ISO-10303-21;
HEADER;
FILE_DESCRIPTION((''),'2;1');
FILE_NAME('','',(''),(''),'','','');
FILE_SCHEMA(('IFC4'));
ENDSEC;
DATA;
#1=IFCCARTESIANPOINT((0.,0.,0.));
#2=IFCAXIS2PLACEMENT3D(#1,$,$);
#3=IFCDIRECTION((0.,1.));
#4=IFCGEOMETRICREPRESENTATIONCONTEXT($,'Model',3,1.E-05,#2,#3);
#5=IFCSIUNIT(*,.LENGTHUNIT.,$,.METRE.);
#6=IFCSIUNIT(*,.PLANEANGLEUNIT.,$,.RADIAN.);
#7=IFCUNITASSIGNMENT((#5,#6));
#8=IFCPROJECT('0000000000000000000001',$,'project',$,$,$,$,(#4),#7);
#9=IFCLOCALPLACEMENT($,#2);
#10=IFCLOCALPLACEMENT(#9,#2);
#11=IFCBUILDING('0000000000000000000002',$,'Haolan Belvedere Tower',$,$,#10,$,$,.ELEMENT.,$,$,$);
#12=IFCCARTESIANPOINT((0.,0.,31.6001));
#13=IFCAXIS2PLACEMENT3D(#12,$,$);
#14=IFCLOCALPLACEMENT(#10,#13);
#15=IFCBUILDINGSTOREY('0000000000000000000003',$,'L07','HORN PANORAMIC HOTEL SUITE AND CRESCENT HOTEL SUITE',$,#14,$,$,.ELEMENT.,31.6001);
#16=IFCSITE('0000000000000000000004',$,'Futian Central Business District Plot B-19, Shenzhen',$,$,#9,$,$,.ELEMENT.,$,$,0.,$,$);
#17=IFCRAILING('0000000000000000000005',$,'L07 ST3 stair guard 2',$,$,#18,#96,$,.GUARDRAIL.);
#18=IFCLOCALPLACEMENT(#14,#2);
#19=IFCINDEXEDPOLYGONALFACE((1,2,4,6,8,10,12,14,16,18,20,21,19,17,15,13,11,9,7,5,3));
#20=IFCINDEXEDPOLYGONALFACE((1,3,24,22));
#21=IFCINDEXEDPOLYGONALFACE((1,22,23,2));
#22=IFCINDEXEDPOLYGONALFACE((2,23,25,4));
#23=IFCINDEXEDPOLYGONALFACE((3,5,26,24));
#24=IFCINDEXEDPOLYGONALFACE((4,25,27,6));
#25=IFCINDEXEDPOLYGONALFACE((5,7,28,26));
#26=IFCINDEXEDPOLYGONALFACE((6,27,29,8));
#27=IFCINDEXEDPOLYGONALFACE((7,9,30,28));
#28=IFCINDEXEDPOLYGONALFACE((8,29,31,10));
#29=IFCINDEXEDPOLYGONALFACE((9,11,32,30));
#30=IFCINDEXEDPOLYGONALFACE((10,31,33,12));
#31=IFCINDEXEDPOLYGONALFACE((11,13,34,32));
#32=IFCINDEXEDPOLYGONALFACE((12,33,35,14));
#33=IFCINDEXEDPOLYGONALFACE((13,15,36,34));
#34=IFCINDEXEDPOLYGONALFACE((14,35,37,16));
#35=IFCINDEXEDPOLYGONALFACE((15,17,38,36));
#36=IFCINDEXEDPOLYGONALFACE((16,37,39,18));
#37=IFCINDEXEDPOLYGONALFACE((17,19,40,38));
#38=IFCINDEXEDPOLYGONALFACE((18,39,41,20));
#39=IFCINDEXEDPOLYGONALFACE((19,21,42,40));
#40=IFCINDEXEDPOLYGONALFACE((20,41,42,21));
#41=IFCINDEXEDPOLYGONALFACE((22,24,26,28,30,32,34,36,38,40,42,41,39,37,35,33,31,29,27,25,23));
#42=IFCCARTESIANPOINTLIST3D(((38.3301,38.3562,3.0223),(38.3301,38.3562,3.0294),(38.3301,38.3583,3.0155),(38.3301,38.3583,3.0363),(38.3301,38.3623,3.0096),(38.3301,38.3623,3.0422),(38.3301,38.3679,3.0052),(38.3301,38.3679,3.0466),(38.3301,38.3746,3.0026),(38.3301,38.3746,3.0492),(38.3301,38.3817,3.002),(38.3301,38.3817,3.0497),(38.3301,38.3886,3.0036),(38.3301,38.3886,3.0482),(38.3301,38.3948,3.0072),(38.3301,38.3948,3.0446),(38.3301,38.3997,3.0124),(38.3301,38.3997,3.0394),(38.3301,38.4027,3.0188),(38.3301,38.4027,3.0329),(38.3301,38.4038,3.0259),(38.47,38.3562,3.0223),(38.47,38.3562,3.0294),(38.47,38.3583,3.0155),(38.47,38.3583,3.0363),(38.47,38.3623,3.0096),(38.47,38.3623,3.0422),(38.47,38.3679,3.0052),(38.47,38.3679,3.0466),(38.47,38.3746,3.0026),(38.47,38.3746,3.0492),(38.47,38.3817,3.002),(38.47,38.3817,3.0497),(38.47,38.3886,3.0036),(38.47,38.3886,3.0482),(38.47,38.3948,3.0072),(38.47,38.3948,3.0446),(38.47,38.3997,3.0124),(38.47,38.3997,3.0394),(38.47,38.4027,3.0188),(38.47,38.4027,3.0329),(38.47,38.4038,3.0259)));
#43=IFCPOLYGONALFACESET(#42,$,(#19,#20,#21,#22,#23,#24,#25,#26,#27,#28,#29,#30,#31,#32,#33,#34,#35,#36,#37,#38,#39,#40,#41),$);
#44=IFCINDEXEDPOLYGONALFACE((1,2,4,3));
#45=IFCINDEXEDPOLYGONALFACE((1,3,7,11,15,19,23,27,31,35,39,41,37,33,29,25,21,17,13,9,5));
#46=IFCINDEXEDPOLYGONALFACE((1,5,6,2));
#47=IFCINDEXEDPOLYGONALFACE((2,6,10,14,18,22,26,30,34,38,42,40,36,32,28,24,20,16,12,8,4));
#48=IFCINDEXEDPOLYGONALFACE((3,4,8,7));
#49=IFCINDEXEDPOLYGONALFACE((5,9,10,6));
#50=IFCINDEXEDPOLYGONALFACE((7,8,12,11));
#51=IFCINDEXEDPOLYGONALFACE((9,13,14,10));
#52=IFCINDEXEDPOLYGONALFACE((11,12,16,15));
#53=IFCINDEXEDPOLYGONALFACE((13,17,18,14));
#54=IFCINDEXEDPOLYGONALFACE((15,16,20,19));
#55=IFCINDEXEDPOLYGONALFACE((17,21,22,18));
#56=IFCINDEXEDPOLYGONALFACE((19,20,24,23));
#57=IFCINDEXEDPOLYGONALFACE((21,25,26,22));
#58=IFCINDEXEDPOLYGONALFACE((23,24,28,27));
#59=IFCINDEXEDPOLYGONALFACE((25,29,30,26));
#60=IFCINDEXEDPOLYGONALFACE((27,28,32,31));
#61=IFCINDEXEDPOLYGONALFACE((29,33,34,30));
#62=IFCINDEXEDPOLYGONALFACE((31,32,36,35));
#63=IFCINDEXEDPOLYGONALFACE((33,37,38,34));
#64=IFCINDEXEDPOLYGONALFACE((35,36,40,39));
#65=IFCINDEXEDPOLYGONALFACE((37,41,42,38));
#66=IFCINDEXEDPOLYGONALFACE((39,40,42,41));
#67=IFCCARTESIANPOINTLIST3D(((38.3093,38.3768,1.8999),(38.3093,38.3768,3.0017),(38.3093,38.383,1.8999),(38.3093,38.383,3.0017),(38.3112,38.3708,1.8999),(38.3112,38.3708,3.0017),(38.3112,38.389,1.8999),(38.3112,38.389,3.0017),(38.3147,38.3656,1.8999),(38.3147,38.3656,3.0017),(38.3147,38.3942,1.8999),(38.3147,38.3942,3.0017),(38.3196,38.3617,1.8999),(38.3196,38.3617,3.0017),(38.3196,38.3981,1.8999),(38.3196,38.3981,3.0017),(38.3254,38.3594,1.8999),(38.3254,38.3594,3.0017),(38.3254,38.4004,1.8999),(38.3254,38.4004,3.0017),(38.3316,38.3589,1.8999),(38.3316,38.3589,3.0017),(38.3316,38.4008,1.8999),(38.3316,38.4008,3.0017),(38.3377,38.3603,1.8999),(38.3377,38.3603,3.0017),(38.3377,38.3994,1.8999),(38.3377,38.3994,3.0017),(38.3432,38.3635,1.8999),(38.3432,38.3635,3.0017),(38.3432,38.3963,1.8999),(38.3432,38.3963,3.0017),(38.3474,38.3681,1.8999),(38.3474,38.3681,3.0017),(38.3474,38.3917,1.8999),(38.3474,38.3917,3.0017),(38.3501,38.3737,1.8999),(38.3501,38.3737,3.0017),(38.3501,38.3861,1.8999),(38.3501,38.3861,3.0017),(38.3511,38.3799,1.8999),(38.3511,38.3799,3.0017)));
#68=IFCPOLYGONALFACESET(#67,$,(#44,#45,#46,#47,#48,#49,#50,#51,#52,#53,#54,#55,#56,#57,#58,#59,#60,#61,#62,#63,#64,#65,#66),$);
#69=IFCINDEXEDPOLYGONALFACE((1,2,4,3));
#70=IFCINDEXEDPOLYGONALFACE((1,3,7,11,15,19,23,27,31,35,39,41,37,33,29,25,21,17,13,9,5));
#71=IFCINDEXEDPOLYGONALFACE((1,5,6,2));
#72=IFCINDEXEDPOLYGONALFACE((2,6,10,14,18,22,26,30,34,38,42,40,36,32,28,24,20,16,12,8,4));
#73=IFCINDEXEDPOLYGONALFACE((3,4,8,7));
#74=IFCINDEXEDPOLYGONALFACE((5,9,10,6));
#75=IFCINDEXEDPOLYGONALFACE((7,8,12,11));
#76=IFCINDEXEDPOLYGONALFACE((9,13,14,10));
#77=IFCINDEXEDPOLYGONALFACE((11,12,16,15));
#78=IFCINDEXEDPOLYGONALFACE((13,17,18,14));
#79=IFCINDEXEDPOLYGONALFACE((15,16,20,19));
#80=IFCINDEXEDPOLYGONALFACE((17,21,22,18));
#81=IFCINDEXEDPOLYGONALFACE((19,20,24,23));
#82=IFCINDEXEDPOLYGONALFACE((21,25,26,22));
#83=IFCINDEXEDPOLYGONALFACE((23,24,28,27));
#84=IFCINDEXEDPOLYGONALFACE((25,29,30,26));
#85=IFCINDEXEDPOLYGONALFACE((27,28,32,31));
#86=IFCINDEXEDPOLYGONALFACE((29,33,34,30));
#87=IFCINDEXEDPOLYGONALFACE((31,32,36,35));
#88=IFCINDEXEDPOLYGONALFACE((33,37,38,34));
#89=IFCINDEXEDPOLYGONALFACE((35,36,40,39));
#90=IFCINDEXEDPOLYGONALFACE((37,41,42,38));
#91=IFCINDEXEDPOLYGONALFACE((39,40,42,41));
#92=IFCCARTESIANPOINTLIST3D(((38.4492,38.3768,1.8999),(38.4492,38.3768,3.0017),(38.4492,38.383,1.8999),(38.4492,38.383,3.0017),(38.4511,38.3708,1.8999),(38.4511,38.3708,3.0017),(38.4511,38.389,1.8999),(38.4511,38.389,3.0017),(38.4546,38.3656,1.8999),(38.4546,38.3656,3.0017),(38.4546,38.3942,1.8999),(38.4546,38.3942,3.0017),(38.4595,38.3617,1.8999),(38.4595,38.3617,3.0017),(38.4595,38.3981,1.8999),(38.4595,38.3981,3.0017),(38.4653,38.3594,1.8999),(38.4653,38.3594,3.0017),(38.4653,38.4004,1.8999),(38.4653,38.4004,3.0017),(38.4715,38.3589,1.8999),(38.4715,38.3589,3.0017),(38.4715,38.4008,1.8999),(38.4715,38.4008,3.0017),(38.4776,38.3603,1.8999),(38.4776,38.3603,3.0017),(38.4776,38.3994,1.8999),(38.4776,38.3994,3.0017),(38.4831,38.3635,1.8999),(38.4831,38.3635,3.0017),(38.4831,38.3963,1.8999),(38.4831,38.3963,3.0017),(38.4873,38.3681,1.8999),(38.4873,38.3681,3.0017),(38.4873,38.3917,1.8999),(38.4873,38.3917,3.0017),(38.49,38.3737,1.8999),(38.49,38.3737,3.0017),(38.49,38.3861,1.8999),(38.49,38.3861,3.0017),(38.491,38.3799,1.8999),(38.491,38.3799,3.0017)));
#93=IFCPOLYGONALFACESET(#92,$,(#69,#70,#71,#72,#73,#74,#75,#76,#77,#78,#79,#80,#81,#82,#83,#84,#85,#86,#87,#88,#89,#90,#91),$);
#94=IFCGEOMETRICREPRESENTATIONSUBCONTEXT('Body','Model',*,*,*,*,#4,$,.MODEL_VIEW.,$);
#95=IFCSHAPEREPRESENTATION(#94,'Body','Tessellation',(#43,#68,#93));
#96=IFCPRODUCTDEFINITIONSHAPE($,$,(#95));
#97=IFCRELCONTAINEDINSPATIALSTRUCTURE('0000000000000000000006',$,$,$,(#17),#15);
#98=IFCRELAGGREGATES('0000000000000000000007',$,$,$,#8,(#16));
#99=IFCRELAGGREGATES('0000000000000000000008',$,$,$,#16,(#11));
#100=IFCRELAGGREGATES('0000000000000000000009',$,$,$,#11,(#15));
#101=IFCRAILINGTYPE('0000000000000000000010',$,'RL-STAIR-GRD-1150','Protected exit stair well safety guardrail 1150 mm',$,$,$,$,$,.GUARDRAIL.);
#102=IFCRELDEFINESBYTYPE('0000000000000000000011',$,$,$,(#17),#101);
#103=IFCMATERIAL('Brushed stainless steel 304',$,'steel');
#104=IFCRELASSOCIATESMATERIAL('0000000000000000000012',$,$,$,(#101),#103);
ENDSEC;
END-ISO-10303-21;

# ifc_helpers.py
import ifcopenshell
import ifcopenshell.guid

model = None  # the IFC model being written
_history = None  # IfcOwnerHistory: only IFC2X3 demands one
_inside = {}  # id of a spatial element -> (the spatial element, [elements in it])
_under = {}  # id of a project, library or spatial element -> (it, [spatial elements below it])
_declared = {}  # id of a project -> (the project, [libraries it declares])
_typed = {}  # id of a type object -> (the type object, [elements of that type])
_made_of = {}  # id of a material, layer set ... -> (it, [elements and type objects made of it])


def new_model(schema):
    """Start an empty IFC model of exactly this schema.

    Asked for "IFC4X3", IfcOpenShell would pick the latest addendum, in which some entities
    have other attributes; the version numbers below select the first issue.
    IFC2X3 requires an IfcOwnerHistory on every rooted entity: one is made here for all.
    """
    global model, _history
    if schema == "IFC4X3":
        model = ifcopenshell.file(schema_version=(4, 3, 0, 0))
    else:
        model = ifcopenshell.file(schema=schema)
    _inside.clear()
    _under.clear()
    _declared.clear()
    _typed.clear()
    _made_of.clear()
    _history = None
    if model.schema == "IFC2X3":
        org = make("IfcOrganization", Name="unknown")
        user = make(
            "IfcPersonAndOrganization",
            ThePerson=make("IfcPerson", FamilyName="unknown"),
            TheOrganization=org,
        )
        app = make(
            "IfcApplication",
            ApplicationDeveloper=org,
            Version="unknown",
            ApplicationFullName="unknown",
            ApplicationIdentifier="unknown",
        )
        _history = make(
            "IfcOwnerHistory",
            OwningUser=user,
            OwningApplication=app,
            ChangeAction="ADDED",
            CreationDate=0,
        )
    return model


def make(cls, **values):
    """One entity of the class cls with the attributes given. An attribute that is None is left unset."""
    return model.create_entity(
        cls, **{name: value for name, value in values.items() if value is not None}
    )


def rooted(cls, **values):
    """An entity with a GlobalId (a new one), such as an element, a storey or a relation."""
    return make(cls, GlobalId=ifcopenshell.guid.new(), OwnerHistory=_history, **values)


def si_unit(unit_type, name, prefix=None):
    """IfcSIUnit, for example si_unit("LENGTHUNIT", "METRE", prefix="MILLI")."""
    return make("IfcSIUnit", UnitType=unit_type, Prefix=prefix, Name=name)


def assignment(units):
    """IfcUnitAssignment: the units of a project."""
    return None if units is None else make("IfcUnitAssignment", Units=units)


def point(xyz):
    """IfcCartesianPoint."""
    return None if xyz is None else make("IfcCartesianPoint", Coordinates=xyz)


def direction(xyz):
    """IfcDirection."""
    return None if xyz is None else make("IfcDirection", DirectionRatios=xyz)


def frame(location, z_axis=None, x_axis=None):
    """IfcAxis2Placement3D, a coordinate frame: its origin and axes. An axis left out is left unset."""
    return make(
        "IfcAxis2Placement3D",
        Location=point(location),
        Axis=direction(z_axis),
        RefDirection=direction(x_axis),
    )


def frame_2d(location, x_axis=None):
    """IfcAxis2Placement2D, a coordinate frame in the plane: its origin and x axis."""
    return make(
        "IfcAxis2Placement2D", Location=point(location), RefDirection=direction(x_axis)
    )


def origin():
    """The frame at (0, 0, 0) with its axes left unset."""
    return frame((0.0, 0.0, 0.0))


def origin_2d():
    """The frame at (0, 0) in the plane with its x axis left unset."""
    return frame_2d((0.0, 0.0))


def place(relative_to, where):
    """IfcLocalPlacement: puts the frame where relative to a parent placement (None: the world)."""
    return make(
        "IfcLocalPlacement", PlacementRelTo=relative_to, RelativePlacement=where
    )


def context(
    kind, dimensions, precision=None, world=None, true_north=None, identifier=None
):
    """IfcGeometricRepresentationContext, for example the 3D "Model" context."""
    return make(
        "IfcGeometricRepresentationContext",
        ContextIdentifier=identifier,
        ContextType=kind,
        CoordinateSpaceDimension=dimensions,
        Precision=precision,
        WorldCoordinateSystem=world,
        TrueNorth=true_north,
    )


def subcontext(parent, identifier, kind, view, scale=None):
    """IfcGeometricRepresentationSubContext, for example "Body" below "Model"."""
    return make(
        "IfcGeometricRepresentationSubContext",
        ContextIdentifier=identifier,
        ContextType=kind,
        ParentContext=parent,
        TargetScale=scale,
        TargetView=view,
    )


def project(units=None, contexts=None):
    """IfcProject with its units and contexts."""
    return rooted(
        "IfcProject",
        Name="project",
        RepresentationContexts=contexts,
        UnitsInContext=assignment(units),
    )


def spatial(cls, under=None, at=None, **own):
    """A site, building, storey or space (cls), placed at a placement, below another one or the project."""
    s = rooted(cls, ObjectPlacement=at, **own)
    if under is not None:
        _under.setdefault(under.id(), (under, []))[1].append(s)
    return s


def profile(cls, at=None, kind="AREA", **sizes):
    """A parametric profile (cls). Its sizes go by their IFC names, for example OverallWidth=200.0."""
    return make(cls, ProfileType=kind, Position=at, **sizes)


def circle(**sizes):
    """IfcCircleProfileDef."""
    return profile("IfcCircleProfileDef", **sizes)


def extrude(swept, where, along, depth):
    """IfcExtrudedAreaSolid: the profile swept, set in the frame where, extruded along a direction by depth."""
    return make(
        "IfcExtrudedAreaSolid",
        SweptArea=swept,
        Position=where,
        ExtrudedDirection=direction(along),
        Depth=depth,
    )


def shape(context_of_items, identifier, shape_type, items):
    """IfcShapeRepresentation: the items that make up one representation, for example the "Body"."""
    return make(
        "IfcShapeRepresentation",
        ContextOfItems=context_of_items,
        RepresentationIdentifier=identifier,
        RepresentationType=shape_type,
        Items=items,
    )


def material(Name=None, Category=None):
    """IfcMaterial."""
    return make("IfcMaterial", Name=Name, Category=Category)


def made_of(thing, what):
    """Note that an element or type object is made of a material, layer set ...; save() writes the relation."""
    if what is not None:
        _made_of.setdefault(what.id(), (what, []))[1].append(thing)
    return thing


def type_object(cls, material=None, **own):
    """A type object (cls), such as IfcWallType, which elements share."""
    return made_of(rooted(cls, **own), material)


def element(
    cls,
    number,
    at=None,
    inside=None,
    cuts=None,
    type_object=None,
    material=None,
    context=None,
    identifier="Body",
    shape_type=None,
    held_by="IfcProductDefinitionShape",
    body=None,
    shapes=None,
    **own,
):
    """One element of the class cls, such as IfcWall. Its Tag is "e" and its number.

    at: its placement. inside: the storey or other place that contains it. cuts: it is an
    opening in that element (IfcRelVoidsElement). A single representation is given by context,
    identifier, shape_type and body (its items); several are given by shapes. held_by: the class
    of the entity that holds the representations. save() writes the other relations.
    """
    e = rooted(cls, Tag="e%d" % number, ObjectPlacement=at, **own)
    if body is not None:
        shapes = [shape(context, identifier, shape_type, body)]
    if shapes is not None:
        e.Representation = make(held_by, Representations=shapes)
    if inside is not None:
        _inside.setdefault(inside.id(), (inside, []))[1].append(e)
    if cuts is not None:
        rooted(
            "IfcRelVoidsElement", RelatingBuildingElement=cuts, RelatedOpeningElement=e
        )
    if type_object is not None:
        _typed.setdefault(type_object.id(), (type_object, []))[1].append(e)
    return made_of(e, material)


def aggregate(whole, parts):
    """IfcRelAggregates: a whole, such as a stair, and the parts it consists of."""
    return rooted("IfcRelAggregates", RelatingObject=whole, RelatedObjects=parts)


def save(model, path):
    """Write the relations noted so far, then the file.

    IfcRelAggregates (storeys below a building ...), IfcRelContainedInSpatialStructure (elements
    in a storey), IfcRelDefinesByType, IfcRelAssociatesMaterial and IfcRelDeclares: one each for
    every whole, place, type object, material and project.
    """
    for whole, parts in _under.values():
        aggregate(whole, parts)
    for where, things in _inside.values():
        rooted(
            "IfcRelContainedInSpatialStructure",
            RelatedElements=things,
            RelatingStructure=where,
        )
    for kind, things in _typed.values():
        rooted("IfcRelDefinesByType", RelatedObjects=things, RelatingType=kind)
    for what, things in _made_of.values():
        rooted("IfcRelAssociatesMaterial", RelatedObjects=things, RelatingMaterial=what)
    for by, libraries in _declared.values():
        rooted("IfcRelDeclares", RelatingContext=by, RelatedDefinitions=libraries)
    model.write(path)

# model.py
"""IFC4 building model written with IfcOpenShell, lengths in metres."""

from ifc_helpers import new_model, si_unit, direction, frame, origin, origin_2d, place, context, subcontext, project, spatial, circle, extrude, material, type_object, element, save


model = new_model("IFC4")

# Units and contexts
model_context = context("Model", 3, precision=1e-05, world=origin(), true_north=direction((0.0, 1.0)))
body_context = subcontext(model_context, "Body", "Model", "MODEL_VIEW")
ifc_project = project(units=[si_unit("LENGTHUNIT", "METRE"), si_unit("PLANEANGLEUNIT", "RADIAN")], contexts=[model_context])

# Site, building, storey
site_placement = place(None, origin())
site = spatial("IfcSite", under=ifc_project, at=site_placement, Name="Futian Central Business District Plot B-19, Shenzhen", CompositionType="ELEMENT", RefElevation=0.0)
building_placement = place(site_placement, origin())
building = spatial("IfcBuilding", under=site, at=building_placement, Name="Haolan Belvedere Tower", CompositionType="ELEMENT")
storey_placement = place(building_placement, frame((0.0, 0.0, 31.6001)))
storey = spatial("IfcBuildingStorey", under=building, at=storey_placement, Name="L07", Description="HORN PANORAMIC HOTEL SUITE AND CRESCENT HOTEL SUITE", CompositionType="ELEMENT", Elevation=31.6001)

# Railing
ifc_material_1 = material(Name="Brushed stainless steel 304", Category="steel")
railing_type_1 = type_object("IfcRailingType", Name="RL-STAIR-GRD-1150", Description="Protected exit stair well safety guardrail 1150 mm", PredefinedType="GUARDRAIL", material=ifc_material_1)
railing_1_placement = place(storey_placement, frame((38.3301, 38.3799, 1.8999)))
element("IfcRailing", 1, at=railing_1_placement, inside=storey, type_object=railing_type_1, Name="L07 ST3 stair guard 2", PredefinedType="GUARDRAIL", context=body_context, shape_type="SweptSolid", body=[
    extrude(circle(Radius=0.0239, at=origin_2d()), frame((0.0, 0.0, 1.126), z_axis=(1.0, 0.0, 0.0), x_axis=(0.0, 1.0, 0.0)), (0.0, 0.0, 1.0), 0.1399),
    extrude(circle(Radius=0.021, at=origin_2d()), origin(), (0.0, 0.0, 1.0), 1.1018),
    extrude(circle(Radius=0.021, at=origin_2d()), frame((0.1399, 0.0, 0.0)), (0.0, 0.0, 1.0), 1.1018),
])

save(model, "model.ifc")
